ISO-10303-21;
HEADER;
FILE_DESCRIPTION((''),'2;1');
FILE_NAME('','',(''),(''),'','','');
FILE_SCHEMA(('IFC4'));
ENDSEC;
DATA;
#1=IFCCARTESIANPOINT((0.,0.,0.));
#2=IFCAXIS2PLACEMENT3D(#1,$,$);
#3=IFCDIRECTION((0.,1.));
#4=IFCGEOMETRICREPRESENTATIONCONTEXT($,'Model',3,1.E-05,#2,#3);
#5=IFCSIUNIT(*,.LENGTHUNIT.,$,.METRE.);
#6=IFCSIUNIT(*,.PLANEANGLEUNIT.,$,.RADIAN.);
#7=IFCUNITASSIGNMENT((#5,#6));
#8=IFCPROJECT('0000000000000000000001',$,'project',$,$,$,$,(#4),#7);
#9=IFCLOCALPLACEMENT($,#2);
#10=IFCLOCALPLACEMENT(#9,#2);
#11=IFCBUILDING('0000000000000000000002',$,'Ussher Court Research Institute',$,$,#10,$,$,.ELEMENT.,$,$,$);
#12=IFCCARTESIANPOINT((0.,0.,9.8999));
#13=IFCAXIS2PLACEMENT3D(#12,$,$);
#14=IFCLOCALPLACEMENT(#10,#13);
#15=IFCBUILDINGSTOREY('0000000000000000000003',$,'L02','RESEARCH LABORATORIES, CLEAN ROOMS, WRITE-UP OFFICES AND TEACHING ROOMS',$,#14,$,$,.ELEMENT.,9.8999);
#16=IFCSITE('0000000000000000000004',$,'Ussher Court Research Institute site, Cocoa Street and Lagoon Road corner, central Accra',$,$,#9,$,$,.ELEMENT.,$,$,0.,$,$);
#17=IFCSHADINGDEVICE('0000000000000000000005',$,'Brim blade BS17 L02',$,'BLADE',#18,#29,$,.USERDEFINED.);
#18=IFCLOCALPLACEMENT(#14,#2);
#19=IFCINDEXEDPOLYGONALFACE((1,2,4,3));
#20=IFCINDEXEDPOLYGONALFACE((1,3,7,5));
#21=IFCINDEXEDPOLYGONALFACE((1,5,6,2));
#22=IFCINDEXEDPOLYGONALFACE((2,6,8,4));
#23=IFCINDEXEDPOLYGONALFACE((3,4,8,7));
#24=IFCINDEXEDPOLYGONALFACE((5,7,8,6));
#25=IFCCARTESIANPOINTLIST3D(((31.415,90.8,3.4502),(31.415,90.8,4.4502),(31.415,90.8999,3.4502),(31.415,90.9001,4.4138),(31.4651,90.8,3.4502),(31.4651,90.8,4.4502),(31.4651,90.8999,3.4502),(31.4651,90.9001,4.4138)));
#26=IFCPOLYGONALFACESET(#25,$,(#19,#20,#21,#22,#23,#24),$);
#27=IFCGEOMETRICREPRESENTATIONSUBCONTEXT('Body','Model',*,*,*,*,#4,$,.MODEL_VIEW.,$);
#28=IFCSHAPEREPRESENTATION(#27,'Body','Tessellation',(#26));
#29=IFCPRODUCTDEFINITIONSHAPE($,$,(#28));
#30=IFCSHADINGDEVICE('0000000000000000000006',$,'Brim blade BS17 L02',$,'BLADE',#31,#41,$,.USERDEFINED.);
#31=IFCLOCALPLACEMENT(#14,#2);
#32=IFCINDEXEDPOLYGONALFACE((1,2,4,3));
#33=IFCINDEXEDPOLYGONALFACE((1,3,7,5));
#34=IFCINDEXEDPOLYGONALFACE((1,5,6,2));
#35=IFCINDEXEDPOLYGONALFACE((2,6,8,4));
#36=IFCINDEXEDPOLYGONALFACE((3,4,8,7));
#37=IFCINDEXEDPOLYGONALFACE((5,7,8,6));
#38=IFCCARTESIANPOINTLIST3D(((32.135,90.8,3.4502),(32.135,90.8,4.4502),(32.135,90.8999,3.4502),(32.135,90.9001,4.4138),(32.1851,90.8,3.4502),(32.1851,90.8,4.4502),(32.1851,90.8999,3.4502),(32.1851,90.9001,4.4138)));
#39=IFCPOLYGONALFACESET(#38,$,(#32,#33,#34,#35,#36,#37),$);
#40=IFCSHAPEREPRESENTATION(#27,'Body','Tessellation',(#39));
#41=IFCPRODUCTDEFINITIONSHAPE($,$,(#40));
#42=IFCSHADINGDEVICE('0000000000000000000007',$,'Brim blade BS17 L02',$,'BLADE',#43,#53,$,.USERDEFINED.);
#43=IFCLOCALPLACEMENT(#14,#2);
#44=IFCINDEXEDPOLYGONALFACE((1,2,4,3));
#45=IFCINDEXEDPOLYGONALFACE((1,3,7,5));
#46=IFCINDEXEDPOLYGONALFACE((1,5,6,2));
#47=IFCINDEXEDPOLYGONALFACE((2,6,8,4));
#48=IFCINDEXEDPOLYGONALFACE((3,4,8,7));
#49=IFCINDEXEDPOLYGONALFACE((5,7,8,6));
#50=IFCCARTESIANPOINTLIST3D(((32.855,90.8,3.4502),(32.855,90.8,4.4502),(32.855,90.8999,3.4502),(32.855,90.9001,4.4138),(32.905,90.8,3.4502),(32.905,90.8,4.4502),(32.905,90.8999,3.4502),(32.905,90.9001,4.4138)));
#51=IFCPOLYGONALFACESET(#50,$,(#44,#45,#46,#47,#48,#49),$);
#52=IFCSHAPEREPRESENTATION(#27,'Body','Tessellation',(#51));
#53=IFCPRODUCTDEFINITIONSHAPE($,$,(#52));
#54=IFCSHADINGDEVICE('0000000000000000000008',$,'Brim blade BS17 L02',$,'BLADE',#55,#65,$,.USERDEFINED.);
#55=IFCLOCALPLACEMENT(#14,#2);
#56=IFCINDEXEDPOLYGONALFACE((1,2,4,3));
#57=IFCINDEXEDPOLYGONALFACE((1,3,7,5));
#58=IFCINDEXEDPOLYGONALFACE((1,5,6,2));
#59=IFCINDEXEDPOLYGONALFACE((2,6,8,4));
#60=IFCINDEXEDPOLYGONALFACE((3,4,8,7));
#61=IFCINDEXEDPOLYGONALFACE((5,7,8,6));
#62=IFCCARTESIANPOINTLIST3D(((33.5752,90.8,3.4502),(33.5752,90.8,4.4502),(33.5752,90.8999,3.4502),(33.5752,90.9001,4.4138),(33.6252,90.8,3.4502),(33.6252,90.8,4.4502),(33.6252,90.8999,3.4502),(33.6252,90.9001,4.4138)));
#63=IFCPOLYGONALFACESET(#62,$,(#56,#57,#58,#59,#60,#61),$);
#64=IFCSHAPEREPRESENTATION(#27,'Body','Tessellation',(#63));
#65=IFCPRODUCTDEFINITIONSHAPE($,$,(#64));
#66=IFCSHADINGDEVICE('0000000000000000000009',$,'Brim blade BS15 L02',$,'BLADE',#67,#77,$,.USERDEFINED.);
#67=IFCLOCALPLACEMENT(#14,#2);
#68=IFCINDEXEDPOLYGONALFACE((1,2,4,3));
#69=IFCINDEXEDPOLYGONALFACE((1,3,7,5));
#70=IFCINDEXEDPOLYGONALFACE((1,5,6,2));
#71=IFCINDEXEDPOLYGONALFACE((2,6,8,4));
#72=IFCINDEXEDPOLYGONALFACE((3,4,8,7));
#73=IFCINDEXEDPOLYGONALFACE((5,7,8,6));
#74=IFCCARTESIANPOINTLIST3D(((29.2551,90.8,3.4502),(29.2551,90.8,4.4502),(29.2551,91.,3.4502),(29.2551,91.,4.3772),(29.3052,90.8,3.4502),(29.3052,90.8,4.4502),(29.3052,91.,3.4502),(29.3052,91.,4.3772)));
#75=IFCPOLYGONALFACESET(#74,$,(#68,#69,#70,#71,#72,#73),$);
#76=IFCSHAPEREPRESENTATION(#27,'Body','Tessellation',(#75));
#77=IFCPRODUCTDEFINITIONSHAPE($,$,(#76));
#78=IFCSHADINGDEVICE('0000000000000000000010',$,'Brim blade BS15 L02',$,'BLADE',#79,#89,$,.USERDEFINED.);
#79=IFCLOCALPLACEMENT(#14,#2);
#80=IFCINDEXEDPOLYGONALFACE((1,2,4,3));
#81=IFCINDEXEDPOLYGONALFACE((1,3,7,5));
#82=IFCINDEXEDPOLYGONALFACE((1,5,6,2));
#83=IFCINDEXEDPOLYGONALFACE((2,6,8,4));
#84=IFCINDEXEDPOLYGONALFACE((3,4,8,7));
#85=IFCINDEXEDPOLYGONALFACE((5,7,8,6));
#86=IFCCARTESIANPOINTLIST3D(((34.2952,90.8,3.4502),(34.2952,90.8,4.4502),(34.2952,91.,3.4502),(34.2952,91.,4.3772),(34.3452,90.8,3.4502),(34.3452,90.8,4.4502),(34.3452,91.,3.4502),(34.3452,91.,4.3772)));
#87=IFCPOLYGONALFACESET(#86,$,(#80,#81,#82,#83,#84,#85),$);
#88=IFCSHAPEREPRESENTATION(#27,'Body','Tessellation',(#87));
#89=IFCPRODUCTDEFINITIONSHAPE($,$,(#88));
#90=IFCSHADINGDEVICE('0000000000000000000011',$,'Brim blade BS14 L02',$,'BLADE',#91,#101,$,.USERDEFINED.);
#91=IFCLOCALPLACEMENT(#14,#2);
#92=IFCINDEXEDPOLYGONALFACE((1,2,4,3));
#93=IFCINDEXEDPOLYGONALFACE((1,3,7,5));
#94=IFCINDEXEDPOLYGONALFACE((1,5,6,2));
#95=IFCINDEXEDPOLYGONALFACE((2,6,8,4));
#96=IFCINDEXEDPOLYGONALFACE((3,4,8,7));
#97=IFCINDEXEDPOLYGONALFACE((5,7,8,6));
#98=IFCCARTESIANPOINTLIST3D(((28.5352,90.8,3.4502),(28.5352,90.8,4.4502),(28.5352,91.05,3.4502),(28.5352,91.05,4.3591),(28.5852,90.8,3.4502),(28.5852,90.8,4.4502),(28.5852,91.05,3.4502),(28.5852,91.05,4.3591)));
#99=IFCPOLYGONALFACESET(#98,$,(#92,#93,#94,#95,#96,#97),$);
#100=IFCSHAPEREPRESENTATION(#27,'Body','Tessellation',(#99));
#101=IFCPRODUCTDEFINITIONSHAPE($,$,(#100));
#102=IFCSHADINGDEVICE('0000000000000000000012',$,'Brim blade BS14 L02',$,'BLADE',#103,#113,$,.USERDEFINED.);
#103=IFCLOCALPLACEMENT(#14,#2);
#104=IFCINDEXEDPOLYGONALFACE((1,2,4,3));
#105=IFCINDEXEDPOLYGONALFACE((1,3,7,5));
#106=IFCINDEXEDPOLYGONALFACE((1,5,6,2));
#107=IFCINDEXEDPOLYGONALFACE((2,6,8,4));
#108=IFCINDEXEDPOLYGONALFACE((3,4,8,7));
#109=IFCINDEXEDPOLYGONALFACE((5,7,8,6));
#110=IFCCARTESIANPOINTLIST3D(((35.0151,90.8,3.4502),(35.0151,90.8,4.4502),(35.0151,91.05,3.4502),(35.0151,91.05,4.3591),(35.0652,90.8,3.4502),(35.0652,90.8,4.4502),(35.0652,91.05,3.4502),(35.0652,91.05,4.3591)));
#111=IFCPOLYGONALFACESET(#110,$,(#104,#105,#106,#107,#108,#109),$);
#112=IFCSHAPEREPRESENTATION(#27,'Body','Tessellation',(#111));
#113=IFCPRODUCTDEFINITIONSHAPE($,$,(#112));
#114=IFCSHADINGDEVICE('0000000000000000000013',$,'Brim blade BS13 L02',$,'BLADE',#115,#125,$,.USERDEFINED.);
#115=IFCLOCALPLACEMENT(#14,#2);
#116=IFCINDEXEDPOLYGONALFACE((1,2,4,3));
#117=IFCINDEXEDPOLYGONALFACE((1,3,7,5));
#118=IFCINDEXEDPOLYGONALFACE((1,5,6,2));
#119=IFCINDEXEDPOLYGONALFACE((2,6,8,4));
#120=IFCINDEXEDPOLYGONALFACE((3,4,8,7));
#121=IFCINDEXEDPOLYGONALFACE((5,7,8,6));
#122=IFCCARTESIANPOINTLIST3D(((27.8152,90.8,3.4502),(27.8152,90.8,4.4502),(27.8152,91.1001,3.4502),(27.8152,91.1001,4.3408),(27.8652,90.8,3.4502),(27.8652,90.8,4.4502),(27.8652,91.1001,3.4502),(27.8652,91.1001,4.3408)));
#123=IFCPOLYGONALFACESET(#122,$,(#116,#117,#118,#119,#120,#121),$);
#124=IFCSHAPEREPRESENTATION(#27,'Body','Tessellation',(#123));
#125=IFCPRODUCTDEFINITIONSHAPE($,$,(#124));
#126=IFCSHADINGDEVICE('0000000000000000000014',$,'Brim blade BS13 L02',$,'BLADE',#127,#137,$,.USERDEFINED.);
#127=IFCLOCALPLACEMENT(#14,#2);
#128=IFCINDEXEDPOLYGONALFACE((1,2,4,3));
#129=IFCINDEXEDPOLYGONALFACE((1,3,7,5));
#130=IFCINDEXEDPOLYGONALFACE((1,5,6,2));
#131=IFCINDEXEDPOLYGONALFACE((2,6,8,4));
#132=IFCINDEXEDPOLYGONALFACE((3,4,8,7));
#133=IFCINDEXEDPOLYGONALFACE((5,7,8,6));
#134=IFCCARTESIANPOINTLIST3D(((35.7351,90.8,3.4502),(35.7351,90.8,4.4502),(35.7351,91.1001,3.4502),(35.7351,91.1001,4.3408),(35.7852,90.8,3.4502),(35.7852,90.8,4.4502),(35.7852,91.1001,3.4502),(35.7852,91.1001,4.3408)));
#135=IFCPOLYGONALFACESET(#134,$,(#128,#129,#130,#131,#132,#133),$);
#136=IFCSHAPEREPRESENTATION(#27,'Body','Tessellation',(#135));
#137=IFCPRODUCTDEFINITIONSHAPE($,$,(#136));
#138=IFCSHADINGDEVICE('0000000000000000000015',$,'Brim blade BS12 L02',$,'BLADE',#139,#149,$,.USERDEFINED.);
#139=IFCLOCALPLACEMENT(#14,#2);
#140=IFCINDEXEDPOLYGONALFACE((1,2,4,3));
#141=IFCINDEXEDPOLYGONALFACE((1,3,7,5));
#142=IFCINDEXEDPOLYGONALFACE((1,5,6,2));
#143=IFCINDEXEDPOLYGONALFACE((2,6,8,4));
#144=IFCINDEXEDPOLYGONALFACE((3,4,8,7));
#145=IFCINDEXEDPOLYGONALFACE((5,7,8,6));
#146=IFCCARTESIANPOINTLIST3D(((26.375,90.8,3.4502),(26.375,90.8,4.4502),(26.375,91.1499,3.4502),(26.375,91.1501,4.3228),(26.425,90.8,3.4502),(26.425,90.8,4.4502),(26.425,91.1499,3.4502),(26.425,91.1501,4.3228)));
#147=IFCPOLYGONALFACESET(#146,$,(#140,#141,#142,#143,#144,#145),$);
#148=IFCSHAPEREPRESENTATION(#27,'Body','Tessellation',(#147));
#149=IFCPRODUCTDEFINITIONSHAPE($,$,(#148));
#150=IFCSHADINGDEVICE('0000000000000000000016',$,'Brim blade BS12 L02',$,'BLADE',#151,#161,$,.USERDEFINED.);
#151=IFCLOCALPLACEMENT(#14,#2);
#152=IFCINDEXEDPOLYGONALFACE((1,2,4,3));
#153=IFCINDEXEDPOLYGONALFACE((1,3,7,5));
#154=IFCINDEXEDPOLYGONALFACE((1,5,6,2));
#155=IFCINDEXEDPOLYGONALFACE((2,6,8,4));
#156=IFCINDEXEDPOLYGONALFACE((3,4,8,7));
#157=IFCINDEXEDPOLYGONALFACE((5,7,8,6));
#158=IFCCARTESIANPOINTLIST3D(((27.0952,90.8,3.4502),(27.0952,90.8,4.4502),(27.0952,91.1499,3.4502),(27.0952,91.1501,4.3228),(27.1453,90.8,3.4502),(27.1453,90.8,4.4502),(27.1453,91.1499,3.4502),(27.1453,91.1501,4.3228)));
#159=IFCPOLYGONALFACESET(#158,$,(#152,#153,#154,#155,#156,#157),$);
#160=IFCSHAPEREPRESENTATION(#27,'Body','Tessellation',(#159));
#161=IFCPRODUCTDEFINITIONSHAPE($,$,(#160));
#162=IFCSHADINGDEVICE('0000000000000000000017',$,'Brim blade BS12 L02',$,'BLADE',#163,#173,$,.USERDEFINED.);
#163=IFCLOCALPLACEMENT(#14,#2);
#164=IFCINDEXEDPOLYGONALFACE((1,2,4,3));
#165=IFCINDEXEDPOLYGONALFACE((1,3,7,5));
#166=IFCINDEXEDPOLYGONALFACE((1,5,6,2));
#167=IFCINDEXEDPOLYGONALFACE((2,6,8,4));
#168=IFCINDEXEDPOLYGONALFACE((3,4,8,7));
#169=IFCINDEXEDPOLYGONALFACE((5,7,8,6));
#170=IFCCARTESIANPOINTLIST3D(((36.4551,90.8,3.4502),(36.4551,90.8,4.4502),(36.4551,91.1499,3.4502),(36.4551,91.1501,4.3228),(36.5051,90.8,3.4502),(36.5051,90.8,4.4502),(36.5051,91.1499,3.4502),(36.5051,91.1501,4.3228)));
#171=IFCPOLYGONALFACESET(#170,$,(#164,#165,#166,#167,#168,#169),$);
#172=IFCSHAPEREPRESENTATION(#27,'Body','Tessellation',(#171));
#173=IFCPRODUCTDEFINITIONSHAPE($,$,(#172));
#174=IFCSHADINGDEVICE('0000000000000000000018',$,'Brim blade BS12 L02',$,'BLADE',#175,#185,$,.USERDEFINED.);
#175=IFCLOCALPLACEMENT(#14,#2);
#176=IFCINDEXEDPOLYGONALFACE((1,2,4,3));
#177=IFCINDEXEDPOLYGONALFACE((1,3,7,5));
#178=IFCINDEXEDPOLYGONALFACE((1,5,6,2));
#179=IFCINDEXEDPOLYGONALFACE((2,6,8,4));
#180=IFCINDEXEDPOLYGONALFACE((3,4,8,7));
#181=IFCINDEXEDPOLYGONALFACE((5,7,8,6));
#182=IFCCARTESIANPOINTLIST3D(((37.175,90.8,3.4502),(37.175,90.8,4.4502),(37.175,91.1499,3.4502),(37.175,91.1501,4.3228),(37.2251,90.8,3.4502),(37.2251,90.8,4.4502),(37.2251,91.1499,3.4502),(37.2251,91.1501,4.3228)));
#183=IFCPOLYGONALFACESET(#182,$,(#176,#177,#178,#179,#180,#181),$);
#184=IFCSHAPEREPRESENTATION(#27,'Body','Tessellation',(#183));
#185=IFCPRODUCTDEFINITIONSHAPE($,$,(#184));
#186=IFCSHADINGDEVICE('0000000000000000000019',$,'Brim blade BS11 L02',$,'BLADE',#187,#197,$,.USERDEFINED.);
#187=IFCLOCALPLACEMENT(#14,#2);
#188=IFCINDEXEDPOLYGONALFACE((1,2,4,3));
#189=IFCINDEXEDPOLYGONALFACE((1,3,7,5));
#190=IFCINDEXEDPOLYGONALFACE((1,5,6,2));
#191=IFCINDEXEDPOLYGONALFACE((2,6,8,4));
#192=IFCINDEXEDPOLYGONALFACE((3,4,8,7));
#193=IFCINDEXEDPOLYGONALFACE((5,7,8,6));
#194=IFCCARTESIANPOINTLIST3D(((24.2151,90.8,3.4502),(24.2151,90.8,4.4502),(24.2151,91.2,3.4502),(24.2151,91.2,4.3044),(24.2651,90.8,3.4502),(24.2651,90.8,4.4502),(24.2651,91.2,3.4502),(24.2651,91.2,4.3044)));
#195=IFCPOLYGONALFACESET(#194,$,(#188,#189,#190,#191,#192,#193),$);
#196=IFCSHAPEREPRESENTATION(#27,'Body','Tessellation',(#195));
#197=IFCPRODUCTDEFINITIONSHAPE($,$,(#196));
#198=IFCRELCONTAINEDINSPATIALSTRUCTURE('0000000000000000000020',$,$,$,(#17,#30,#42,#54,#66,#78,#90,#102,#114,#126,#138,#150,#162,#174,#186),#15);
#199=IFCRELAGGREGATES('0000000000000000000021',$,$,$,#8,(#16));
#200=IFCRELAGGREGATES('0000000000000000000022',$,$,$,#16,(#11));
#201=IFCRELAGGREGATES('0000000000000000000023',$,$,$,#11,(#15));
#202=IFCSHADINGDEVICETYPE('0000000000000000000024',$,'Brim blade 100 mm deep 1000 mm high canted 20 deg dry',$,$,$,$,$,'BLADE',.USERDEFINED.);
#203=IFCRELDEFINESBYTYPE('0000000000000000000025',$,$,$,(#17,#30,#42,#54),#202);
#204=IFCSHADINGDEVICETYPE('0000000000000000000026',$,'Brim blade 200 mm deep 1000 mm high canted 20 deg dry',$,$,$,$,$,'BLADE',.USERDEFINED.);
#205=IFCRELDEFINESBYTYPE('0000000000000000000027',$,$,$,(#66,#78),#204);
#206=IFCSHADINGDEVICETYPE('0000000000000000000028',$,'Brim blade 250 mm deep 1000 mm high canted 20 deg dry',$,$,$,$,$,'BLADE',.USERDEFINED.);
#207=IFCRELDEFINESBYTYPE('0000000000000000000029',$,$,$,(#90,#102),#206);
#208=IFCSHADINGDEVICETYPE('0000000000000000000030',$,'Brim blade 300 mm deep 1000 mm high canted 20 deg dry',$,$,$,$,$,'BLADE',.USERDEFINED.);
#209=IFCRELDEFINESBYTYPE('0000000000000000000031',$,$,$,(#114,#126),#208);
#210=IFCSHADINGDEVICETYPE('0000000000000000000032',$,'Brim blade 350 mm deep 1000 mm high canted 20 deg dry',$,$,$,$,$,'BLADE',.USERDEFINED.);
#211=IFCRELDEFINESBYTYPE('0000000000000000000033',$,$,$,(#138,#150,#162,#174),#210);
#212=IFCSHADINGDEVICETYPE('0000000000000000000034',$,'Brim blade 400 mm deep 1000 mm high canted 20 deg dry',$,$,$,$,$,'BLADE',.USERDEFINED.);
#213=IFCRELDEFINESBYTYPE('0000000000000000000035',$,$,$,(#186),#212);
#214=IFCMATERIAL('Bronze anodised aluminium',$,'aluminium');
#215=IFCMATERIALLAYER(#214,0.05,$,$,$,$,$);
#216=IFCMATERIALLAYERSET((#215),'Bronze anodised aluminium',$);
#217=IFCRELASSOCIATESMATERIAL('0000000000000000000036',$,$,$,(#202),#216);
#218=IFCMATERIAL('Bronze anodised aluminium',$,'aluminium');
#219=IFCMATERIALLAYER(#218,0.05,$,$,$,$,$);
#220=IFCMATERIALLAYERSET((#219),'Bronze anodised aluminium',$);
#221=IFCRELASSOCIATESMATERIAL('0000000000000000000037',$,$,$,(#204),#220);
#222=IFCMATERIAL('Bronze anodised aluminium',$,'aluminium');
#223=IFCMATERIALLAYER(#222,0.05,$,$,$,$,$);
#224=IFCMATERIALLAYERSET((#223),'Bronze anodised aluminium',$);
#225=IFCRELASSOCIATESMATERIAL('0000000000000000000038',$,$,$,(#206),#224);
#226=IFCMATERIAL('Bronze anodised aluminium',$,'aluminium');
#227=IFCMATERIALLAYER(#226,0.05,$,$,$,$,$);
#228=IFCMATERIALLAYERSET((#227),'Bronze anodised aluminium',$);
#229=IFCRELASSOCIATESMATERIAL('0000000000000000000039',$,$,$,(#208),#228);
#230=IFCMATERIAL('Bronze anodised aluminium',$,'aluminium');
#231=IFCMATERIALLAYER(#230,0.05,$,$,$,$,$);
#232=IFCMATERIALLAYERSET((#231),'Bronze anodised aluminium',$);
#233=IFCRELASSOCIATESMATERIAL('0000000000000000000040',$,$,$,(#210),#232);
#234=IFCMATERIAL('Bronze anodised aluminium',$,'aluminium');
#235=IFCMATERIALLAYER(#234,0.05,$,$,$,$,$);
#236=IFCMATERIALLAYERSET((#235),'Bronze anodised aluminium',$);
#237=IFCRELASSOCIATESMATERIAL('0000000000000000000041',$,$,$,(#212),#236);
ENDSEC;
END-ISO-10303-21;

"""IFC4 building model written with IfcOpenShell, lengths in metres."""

from ifc_helpers import new_model, si_unit, direction, frame, origin, place, context, subcontext, project, spatial, polyline, outline, extrude, material, layer, layer_set, type_object, element, save


model = new_model("IFC4")

# Units and contexts
model_context = context("Model", 3, precision=1e-05, world=origin(), true_north=direction((0.0, 1.0)))
body_context = subcontext(model_context, "Body", "Model", "MODEL_VIEW")
ifc_project = project(units=[si_unit("LENGTHUNIT", "METRE"), si_unit("PLANEANGLEUNIT", "RADIAN")], contexts=[model_context])

# Site, building, storey
site_placement = place(None, origin())
site = spatial("IfcSite", under=ifc_project, at=site_placement, Name="Ussher Court Research Institute site, Cocoa Street and Lagoon Road corner, central Accra", CompositionType="ELEMENT", RefElevation=0.0)
building_placement = place(site_placement, origin())
building = spatial("IfcBuilding", under=site, at=building_placement, Name="Ussher Court Research Institute", CompositionType="ELEMENT")
storey_placement = place(building_placement, frame((0.0, 0.0, 9.8999)))
storey = spatial("IfcBuildingStorey", under=building, at=storey_placement, Name="L02", Description="RESEARCH LABORATORIES, CLEAN ROOMS, WRITE-UP OFFICES AND TEACHING ROOMS", CompositionType="ELEMENT", Elevation=9.8999)

# Shading devices
ifc_material_1 = material(Name="Bronze anodised aluminium", Category="aluminium")
ifc_layer_1 = layer(ifc_material_1, 0.05)
ifc_layer_set_1 = layer_set([ifc_layer_1], Name="Bronze anodised aluminium")
shading_device_type_1 = type_object("IfcShadingDeviceType", Name="Brim blade 100 mm deep 1000 mm high canted 20 deg dry", ElementType="BLADE", PredefinedType="USERDEFINED", material=ifc_layer_set_1)
for number, where, z_axis, x_axis, name in (
    (1, (31.4399, 90.8, 3.4502), (0.0, 0.0, 1.0), (0.0, 1.0, 0.0), "Brim blade BS17 L02"),
    (2, (32.1599, 90.8, 3.4502), (0.0, 0.0, 1.0), (0.0, 1.0, 0.0), "Brim blade BS17 L02"),
    (3, (32.8799, 90.8, 3.4502), (0.0, 0.0, 1.0), (0.0, 1.0, 0.0), "Brim blade BS17 L02"),
    (4, (33.6001, 90.8, 3.4502), (0.0, 0.0, 1.0), (0.0, 1.0, 0.0), "Brim blade BS17 L02"),
):
    element("IfcShadingDevice", number, at=place(storey_placement, frame(where, z_axis=z_axis, x_axis=x_axis)), inside=storey, type_object=shading_device_type_1, Name=name, ObjectType="BLADE", PredefinedType="USERDEFINED", context=body_context, shape_type="SweptSolid", body=[
        extrude(outline(polyline([(0.0, 0.0), (0.0999, 0.0), (0.1001, 0.9636), (0.0, 1.0), (0.0, 0.0)])), frame((0.0, 0.0249, 0.0), z_axis=(0.0, -1.0, 0.0), x_axis=(1.0, 0.0, 0.0)), (0.0, 0.0, 1.0), 0.05),
    ])
ifc_material_2 = material(Name="Bronze anodised aluminium", Category="aluminium")
ifc_layer_2 = layer(ifc_material_2, 0.05)
ifc_layer_set_2 = layer_set([ifc_layer_2], Name="Bronze anodised aluminium")
shading_device_type_2 = type_object("IfcShadingDeviceType", Name="Brim blade 200 mm deep 1000 mm high canted 20 deg dry", ElementType="BLADE", PredefinedType="USERDEFINED", material=ifc_layer_set_2)
for number, where, z_axis, x_axis, name in (
    (5, (29.28, 90.8, 3.4502), (0.0, 0.0, 1.0), (0.0, 1.0, 0.0), "Brim blade BS15 L02"),
    (6, (34.3201, 90.8, 3.4502), (0.0, 0.0, 1.0), (0.0, 1.0, 0.0), "Brim blade BS15 L02"),
):
    element("IfcShadingDevice", number, at=place(storey_placement, frame(where, z_axis=z_axis, x_axis=x_axis)), inside=storey, type_object=shading_device_type_2, Name=name, ObjectType="BLADE", PredefinedType="USERDEFINED", context=body_context, shape_type="SweptSolid", body=[
        extrude(outline(polyline([(0.0, 0.0), (0.2, 0.0), (0.2, 0.927), (0.0, 1.0), (0.0, 0.0)])), frame((0.0, 0.0249, 0.0), z_axis=(0.0, -1.0, 0.0), x_axis=(1.0, 0.0, 0.0)), (0.0, 0.0, 1.0), 0.05),
    ])
ifc_material_3 = material(Name="Bronze anodised aluminium", Category="aluminium")
ifc_layer_3 = layer(ifc_material_3, 0.05)
ifc_layer_set_3 = layer_set([ifc_layer_3], Name="Bronze anodised aluminium")
shading_device_type_3 = type_object("IfcShadingDeviceType", Name="Brim blade 250 mm deep 1000 mm high canted 20 deg dry", ElementType="BLADE", PredefinedType="USERDEFINED", material=ifc_layer_set_3)
for number, where, z_axis, x_axis, name in (
    (7, (28.5601, 90.8, 3.4502), (0.0, 0.0, 1.0), (0.0, 1.0, 0.0), "Brim blade BS14 L02"),
    (8, (35.04, 90.8, 3.4502), (0.0, 0.0, 1.0), (0.0, 1.0, 0.0), "Brim blade BS14 L02"),
):
    element("IfcShadingDevice", number, at=place(storey_placement, frame(where, z_axis=z_axis, x_axis=x_axis)), inside=storey, type_object=shading_device_type_3, Name=name, ObjectType="BLADE", PredefinedType="USERDEFINED", context=body_context, shape_type="SweptSolid", body=[
        extrude(outline(polyline([(0.0, 0.0), (0.25, 0.0), (0.25, 0.9089), (0.0, 1.0), (0.0, 0.0)])), frame((0.0, 0.0249, 0.0), z_axis=(0.0, -1.0, 0.0), x_axis=(1.0, 0.0, 0.0)), (0.0, 0.0, 1.0), 0.05),
    ])
ifc_material_4 = material(Name="Bronze anodised aluminium", Category="aluminium")
ifc_layer_4 = layer(ifc_material_4, 0.05)
ifc_layer_set_4 = layer_set([ifc_layer_4], Name="Bronze anodised aluminium")
shading_device_type_4 = type_object("IfcShadingDeviceType", Name="Brim blade 300 mm deep 1000 mm high canted 20 deg dry", ElementType="BLADE", PredefinedType="USERDEFINED", material=ifc_layer_set_4)
for number, where, z_axis, x_axis, name in (
    (9, (27.8401, 90.8, 3.4502), (0.0, 0.0, 1.0), (0.0, 1.0, 0.0), "Brim blade BS13 L02"),
    (10, (35.76, 90.8, 3.4502), (0.0, 0.0, 1.0), (0.0, 1.0, 0.0), "Brim blade BS13 L02"),
):
    element("IfcShadingDevice", number, at=place(storey_placement, frame(where, z_axis=z_axis, x_axis=x_axis)), inside=storey, type_object=shading_device_type_4, Name=name, ObjectType="BLADE", PredefinedType="USERDEFINED", context=body_context, shape_type="SweptSolid", body=[
        extrude(outline(polyline([(0.0, 0.0), (0.3, 0.0), (0.3, 0.8906), (0.0, 1.0), (0.0, 0.0)])), frame((0.0, 0.0249, 0.0), z_axis=(0.0, -1.0, 0.0), x_axis=(1.0, 0.0, 0.0)), (0.0, 0.0, 1.0), 0.05),
    ])
ifc_material_5 = material(Name="Bronze anodised aluminium", Category="aluminium")
ifc_layer_5 = layer(ifc_material_5, 0.05)
ifc_layer_set_5 = layer_set([ifc_layer_5], Name="Bronze anodised aluminium")
shading_device_type_5 = type_object("IfcShadingDeviceType", Name="Brim blade 350 mm deep 1000 mm high canted 20 deg dry", ElementType="BLADE", PredefinedType="USERDEFINED", material=ifc_layer_set_5)
for number, where, z_axis, x_axis, name in (
    (11, (26.3999, 90.8, 3.4502), (0.0, 0.0, 1.0), (0.0, 1.0, 0.0), "Brim blade BS12 L02"),
    (12, (27.1201, 90.8, 3.4502), (0.0, 0.0, 1.0), (0.0, 1.0, 0.0), "Brim blade BS12 L02"),
    (13, (36.48, 90.8, 3.4502), (0.0, 0.0, 1.0), (0.0, 1.0, 0.0), "Brim blade BS12 L02"),
    (14, (37.2, 90.8, 3.4502), (0.0, 0.0, 1.0), (0.0, 1.0, 0.0), "Brim blade BS12 L02"),
):
    element("IfcShadingDevice", number, at=place(storey_placement, frame(where, z_axis=z_axis, x_axis=x_axis)), inside=storey, type_object=shading_device_type_5, Name=name, ObjectType="BLADE", PredefinedType="USERDEFINED", context=body_context, shape_type="SweptSolid", body=[
        extrude(outline(polyline([(0.0, 0.0), (0.3499, 0.0), (0.3501, 0.8726), (0.0, 1.0), (0.0, 0.0)])), frame((0.0, 0.0249, 0.0), z_axis=(0.0, -1.0, 0.0), x_axis=(1.0, 0.0, 0.0)), (0.0, 0.0, 1.0), 0.05),
    ])
ifc_material_6 = material(Name="Bronze anodised aluminium", Category="aluminium")
ifc_layer_6 = layer(ifc_material_6, 0.05)
ifc_layer_set_6 = layer_set([ifc_layer_6], Name="Bronze anodised aluminium")
shading_device_type_6 = type_object("IfcShadingDeviceType", Name="Brim blade 400 mm deep 1000 mm high canted 20 deg dry", ElementType="BLADE", PredefinedType="USERDEFINED", material=ifc_layer_set_6)
for number, where, z_axis, x_axis, name in (
    (15, (24.24, 90.8, 3.4502), (0.0, 0.0, 1.0), (0.0, 1.0, 0.0), "Brim blade BS11 L02"),
):
    element("IfcShadingDevice", number, at=place(storey_placement, frame(where, z_axis=z_axis, x_axis=x_axis)), inside=storey, type_object=shading_device_type_6, Name=name, ObjectType="BLADE", PredefinedType="USERDEFINED", context=body_context, shape_type="SweptSolid", body=[
        extrude(outline(polyline([(0.0, 0.0), (0.3999, 0.0), (0.3999, 0.8542), (0.0, 1.0), (0.0, 0.0)])), frame((0.0, 0.0249, 0.0), z_axis=(0.0, -1.0, 0.0), x_axis=(1.0, 0.0, 0.0)), (0.0, 0.0, 1.0), 0.05),
    ])

save(model, "model.ifc")
